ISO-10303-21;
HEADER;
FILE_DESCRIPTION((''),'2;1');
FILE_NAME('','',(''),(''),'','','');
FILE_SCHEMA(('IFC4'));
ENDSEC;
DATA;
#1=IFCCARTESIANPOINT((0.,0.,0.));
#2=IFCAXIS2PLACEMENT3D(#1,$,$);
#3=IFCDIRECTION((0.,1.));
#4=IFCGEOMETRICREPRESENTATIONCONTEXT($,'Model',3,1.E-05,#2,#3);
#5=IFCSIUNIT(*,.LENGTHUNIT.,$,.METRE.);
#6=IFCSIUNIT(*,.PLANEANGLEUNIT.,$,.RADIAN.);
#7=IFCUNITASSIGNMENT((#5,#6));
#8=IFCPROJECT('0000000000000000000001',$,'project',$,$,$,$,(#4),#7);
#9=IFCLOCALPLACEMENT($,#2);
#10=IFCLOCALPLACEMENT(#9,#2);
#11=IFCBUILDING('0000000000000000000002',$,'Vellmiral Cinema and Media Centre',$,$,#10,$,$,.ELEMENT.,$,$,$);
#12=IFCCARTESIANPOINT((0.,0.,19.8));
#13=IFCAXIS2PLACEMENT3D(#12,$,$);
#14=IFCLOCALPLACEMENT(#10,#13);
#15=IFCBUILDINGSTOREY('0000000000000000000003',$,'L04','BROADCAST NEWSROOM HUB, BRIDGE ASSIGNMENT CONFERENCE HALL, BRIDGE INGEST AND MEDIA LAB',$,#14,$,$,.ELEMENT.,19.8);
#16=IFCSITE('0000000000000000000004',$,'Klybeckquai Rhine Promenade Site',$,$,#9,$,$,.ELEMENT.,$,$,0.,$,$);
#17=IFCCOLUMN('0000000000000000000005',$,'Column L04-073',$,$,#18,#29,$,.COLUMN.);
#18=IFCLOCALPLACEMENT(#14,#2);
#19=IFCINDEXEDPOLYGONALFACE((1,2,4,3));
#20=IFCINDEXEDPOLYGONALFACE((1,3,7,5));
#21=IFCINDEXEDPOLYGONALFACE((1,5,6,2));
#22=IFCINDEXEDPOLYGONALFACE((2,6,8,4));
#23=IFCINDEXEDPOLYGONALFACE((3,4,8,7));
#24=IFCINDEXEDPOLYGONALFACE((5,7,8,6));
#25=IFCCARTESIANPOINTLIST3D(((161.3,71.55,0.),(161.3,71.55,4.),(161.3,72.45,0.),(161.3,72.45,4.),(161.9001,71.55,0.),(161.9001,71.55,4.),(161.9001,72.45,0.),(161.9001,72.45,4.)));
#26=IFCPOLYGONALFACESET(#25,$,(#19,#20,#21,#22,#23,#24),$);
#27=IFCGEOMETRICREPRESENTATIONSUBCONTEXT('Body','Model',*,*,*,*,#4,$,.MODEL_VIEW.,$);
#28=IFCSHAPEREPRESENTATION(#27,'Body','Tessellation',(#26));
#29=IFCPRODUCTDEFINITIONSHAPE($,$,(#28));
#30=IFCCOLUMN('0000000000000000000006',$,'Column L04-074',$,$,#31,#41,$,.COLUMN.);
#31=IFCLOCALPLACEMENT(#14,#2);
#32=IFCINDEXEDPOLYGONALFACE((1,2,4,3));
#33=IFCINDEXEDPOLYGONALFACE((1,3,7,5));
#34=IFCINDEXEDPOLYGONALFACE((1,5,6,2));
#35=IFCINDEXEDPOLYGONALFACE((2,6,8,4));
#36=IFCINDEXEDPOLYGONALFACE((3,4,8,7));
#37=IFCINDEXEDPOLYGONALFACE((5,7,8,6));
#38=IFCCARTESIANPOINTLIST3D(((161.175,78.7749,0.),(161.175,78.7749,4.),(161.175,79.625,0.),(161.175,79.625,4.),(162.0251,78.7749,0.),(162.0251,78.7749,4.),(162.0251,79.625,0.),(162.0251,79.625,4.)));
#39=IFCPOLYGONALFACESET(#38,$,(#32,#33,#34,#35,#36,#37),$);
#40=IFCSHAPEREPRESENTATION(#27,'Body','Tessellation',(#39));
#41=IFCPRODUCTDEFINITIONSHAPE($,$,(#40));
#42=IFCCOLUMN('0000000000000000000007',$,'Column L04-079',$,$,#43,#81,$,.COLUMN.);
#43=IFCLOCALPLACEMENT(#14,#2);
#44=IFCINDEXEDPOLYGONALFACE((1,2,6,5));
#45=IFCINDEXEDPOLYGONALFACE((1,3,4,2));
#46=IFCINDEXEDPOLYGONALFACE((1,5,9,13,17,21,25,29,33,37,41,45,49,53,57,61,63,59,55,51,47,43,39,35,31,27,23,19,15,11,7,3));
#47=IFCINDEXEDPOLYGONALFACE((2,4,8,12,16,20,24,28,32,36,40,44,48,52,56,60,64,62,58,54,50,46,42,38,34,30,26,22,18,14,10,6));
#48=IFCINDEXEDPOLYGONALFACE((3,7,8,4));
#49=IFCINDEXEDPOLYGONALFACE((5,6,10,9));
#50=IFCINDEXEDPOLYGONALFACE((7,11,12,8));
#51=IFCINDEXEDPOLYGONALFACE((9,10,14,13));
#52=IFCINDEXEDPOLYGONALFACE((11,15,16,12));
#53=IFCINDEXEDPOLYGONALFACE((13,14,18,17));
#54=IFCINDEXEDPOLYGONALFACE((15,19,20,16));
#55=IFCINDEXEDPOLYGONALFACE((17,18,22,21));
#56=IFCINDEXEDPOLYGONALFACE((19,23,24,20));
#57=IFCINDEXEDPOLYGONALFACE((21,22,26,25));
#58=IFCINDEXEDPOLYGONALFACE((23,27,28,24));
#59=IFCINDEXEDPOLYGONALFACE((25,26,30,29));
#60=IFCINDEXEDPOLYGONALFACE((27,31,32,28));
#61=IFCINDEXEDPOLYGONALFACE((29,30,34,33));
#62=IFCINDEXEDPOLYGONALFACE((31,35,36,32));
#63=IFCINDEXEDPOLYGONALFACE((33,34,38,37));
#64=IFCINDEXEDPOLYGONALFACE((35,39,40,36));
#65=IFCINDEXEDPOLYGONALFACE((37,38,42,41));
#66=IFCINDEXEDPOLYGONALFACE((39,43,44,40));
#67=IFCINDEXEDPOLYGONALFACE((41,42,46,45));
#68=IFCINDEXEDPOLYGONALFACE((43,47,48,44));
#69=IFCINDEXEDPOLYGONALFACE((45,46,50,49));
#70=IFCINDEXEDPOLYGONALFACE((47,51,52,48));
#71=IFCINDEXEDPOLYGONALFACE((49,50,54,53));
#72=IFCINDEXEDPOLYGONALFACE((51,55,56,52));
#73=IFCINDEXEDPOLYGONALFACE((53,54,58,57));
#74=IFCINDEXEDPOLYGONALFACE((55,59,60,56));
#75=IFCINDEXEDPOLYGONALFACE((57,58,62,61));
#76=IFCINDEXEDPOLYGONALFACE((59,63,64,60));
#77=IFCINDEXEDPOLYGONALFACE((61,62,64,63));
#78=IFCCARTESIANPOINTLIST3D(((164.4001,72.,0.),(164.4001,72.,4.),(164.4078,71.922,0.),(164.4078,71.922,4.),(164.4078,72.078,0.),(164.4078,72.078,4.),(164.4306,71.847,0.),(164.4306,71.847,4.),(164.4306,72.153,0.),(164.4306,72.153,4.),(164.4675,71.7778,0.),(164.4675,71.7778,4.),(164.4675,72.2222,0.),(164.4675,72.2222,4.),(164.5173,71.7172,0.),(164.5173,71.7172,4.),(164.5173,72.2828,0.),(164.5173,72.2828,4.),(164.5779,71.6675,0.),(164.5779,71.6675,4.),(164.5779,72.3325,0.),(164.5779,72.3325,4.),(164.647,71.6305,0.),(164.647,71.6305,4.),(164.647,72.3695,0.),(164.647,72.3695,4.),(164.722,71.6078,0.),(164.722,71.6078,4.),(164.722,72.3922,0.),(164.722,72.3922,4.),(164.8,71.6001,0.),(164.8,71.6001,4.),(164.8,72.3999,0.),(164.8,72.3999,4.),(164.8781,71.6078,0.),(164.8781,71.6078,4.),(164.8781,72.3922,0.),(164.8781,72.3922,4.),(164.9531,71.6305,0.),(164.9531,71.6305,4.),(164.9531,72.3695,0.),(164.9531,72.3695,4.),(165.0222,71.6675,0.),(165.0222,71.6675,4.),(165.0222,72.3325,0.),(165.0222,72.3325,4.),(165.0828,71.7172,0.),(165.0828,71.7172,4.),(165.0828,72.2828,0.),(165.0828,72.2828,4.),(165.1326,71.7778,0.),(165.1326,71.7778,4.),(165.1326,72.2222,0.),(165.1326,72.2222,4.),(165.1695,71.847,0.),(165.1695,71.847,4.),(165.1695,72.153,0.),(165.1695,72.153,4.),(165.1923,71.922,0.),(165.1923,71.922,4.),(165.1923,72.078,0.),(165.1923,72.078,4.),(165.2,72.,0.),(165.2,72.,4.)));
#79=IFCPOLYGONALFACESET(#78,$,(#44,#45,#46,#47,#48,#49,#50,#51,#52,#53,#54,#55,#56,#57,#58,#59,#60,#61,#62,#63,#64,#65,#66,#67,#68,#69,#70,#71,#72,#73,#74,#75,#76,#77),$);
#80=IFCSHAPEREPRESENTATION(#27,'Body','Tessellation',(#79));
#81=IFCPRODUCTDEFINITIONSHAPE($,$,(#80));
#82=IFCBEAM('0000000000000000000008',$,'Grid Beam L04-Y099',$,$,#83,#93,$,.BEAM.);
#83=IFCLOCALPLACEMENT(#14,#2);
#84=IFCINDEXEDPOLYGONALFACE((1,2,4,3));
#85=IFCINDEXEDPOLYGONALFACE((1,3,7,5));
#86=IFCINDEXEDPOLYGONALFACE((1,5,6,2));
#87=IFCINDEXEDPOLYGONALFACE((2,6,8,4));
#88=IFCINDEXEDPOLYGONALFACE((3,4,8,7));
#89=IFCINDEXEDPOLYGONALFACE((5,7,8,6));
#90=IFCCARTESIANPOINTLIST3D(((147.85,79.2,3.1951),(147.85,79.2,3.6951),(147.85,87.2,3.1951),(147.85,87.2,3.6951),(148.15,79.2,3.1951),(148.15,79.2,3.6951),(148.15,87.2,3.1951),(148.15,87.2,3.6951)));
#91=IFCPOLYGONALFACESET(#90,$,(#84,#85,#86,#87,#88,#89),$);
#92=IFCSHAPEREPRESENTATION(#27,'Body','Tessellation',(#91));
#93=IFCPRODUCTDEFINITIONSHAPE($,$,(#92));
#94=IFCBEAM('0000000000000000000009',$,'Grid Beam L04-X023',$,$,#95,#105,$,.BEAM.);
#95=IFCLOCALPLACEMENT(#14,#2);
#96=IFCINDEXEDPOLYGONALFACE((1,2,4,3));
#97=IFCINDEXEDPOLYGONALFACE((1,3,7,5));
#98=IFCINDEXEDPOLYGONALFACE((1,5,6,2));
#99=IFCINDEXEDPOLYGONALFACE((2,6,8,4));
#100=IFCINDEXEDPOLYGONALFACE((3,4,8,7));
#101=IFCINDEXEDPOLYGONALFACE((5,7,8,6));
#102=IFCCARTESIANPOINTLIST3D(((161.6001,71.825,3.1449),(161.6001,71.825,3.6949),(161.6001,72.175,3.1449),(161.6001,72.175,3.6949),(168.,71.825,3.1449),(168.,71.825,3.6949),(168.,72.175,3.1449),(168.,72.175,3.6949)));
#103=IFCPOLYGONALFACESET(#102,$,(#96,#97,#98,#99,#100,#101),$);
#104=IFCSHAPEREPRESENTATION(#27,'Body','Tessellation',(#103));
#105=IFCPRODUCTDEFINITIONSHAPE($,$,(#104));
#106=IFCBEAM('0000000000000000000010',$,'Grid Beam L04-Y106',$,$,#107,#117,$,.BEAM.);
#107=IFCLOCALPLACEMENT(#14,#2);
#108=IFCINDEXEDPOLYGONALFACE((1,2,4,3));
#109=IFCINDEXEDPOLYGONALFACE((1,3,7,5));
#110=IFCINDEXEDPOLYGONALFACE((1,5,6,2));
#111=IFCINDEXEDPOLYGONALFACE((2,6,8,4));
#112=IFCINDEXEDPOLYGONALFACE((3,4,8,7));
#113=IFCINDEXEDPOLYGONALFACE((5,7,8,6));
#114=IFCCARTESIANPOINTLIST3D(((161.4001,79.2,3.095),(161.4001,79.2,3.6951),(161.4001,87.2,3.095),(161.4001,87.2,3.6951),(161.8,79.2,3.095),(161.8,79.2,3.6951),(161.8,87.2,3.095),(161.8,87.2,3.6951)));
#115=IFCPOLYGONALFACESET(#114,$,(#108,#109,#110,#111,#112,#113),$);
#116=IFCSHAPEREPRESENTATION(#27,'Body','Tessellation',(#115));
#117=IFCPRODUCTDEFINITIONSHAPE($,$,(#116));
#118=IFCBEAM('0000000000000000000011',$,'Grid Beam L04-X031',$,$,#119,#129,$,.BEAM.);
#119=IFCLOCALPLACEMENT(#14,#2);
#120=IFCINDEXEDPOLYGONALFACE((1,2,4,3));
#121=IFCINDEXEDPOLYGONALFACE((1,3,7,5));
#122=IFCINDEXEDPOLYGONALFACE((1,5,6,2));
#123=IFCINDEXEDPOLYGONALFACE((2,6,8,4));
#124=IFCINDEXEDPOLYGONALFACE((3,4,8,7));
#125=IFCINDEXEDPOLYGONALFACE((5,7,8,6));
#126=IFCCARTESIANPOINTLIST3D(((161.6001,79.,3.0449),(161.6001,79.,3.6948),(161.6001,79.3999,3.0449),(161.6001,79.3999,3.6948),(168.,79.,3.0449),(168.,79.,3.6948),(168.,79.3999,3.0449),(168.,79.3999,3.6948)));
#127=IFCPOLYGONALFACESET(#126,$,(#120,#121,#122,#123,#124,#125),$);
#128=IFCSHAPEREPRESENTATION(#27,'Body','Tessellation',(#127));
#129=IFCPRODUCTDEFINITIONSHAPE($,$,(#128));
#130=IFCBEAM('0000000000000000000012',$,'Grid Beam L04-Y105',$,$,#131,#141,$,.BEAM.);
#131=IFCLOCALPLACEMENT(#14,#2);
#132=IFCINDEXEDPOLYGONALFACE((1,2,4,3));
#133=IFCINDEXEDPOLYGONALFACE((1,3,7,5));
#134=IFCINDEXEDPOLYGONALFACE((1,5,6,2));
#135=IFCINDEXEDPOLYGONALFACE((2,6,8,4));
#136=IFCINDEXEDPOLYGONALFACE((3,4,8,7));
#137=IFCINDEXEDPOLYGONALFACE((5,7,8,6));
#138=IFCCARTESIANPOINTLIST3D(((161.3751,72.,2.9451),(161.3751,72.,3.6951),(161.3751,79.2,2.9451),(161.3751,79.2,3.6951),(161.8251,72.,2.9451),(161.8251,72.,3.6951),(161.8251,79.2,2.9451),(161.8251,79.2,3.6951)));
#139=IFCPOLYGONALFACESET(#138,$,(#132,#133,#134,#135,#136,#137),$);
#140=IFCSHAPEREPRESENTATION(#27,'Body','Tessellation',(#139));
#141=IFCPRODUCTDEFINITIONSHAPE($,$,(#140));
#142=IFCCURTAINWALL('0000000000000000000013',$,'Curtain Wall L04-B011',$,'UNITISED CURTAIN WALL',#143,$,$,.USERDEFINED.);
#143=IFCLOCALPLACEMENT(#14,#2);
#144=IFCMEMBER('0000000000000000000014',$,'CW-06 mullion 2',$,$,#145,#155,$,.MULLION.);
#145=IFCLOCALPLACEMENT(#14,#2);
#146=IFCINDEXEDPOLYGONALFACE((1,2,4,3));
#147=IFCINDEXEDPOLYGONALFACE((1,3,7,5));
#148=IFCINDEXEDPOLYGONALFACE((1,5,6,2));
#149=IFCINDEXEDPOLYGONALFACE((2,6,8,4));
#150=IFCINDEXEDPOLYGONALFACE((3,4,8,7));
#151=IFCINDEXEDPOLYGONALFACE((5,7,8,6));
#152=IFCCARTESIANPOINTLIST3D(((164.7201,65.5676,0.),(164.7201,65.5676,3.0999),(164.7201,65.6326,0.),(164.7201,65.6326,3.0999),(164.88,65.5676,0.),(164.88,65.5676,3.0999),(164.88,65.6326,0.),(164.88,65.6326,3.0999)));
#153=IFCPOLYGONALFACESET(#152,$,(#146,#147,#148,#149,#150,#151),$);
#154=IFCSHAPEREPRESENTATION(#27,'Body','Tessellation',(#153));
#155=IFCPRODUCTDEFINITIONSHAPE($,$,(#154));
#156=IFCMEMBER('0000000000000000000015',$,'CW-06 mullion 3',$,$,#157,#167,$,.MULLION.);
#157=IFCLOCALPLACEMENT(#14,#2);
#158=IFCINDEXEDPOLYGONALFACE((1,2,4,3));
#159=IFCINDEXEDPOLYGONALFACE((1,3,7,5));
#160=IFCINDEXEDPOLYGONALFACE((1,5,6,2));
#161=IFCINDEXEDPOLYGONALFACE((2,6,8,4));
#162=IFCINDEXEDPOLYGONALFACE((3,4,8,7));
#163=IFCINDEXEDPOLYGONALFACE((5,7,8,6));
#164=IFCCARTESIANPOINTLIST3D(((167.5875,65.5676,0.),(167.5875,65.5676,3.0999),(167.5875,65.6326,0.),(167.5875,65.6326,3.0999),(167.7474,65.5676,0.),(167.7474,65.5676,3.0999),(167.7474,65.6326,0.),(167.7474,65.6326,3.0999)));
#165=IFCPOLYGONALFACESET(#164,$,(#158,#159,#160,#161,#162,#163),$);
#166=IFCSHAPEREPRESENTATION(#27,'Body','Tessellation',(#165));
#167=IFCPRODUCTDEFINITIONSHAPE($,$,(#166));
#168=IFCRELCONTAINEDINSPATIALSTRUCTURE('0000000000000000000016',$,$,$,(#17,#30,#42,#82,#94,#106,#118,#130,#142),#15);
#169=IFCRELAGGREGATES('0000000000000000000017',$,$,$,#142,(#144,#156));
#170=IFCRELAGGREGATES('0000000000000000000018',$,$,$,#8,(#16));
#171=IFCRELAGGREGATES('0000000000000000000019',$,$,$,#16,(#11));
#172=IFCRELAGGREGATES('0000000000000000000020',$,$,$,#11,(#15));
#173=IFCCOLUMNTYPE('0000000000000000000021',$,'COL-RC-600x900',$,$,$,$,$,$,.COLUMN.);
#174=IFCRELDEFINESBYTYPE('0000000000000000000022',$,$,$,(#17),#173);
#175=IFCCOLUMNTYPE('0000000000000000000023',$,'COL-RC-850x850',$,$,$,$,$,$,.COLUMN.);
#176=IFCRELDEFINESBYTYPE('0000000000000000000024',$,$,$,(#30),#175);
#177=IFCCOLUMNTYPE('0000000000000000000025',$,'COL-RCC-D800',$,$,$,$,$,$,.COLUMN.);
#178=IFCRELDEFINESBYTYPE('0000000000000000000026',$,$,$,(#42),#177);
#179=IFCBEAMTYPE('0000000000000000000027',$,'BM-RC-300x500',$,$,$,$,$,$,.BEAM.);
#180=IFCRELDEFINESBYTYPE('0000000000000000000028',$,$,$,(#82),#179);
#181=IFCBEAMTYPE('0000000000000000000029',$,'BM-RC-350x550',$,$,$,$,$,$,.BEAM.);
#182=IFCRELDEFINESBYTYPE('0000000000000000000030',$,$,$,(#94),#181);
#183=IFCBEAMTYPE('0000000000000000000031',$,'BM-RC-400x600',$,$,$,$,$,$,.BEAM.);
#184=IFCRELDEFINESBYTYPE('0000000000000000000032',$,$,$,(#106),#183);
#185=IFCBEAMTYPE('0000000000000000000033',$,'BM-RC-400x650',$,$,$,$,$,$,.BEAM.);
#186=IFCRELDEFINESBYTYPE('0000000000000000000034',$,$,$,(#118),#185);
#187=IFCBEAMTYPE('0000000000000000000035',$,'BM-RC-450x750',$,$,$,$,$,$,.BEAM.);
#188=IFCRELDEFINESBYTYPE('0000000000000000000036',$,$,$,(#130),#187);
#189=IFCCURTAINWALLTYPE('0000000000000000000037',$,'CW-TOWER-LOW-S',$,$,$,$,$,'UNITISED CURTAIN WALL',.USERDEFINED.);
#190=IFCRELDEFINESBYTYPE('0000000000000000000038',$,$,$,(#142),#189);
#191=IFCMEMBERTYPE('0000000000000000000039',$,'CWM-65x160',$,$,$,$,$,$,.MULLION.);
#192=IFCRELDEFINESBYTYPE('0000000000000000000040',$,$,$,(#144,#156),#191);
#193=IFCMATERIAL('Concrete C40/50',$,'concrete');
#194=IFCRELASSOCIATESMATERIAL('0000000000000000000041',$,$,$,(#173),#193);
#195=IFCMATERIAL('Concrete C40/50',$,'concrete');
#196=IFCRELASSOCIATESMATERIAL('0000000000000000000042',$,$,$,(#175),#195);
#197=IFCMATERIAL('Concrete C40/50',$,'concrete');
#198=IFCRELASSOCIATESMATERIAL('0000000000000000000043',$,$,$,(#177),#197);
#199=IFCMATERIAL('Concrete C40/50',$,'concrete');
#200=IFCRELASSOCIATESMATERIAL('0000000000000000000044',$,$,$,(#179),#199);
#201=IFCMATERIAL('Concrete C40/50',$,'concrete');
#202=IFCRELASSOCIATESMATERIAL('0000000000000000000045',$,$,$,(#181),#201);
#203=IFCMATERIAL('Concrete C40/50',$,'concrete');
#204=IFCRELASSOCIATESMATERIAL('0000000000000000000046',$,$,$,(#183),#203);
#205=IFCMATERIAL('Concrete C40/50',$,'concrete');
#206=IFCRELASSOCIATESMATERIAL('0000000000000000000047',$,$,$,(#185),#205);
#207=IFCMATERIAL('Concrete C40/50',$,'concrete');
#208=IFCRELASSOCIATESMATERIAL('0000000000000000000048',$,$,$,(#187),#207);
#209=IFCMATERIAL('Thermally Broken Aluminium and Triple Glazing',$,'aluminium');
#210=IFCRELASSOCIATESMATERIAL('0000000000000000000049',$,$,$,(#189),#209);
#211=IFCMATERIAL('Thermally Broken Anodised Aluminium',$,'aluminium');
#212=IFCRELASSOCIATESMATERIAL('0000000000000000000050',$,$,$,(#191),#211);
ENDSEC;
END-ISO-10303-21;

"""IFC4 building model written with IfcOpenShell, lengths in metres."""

from ifc_helpers import new_model, si_unit, direction, frame, origin, origin_2d, place, context, subcontext, project, spatial, rectangle, circle, extrude, material, material_profile, profile_set, type_object, element, aggregate, save


model = new_model("IFC4")

# Units and contexts
model_context = context("Model", 3, precision=1e-05, world=origin(), true_north=direction((0.0, 1.0)))
body_context = subcontext(model_context, "Body", "Model", "MODEL_VIEW")
ifc_project = project(units=[si_unit("LENGTHUNIT", "METRE"), si_unit("PLANEANGLEUNIT", "RADIAN")], contexts=[model_context])

# Site, building, storey
site_placement = place(None, origin())
site = spatial("IfcSite", under=ifc_project, at=site_placement, Name="Klybeckquai Rhine Promenade Site", CompositionType="ELEMENT", RefElevation=0.0)
building_placement = place(site_placement, origin())
building = spatial("IfcBuilding", under=site, at=building_placement, Name="Vellmiral Cinema and Media Centre", CompositionType="ELEMENT")
storey_placement = place(building_placement, frame((0.0, 0.0, 19.8)))
storey = spatial("IfcBuildingStorey", under=building, at=storey_placement, Name="L04", Description="BROADCAST NEWSROOM HUB, BRIDGE ASSIGNMENT CONFERENCE HALL, BRIDGE INGEST AND MEDIA LAB", CompositionType="ELEMENT", Elevation=19.8)

# Columns
ifc_material_1 = material(Name="Concrete C40/50", Category="concrete")
ifc_material_profile_1 = material_profile(ifc_material_1, rectangle(XDim=0.6001, YDim=0.8999, at=origin_2d()), Name="RC 600x900")
ifc_profile_set_1 = profile_set([ifc_material_profile_1], Name="Concrete C40/50")
column_type_1 = type_object("IfcColumnType", Name="COL-RC-600x900", PredefinedType="COLUMN", material=ifc_profile_set_1)
column_1_placement = place(storey_placement, frame((161.6001, 72.0, 0.0), z_axis=(0.0, 0.0, 1.0), x_axis=(1.0, 0.0, 0.0)))
element("IfcColumn", 1, at=column_1_placement, inside=storey, type_object=column_type_1, Name="Column L04-073", PredefinedType="COLUMN", context=body_context, shape_type="SweptSolid", body=[
    extrude(rectangle(XDim=0.6001, YDim=0.8999, at=origin_2d()), origin(), (0.0, 0.0, 1.0), 4.0),
])
ifc_material_2 = material(Name="Concrete C40/50", Category="concrete")
ifc_material_profile_2 = material_profile(ifc_material_2, rectangle(XDim=0.8501, YDim=0.8501, at=origin_2d()), Name="RC 850x850")
ifc_profile_set_2 = profile_set([ifc_material_profile_2], Name="Concrete C40/50")
column_type_2 = type_object("IfcColumnType", Name="COL-RC-850x850", PredefinedType="COLUMN", material=ifc_profile_set_2)
column_2_placement = place(storey_placement, frame((161.6001, 79.2, 0.0), z_axis=(0.0, 0.0, 1.0), x_axis=(1.0, 0.0, 0.0)))
element("IfcColumn", 2, at=column_2_placement, inside=storey, type_object=column_type_2, Name="Column L04-074", PredefinedType="COLUMN", context=body_context, shape_type="SweptSolid", body=[
    extrude(rectangle(XDim=0.8501, YDim=0.8501, at=origin_2d()), origin(), (0.0, 0.0, 1.0), 4.0),
])
ifc_material_3 = material(Name="Concrete C40/50", Category="concrete")
ifc_material_profile_3 = material_profile(ifc_material_3, circle(Radius=0.3999, at=origin_2d()), Name="RC D800")
ifc_profile_set_3 = profile_set([ifc_material_profile_3], Name="Concrete C40/50")
column_type_3 = type_object("IfcColumnType", Name="COL-RCC-D800", PredefinedType="COLUMN", material=ifc_profile_set_3)
column_3_placement = place(storey_placement, frame((164.8, 72.0, 0.0), z_axis=(0.0, 0.0, 1.0), x_axis=(1.0, 0.0, 0.0)))
element("IfcColumn", 3, at=column_3_placement, inside=storey, type_object=column_type_3, Name="Column L04-079", PredefinedType="COLUMN", context=body_context, shape_type="SweptSolid", body=[
    extrude(circle(Radius=0.3999, at=origin_2d()), origin(), (0.0, 0.0, 1.0), 4.0),
])

# Beams
ifc_material_4 = material(Name="Concrete C40/50", Category="concrete")
ifc_material_profile_4 = material_profile(ifc_material_4, rectangle(XDim=0.3, YDim=0.5, at=origin_2d()), Name="RC 300x500")
ifc_profile_set_4 = profile_set([ifc_material_profile_4], Name="Concrete C40/50")
beam_type_1 = type_object("IfcBeamType", Name="BM-RC-300x500", PredefinedType="BEAM", material=ifc_profile_set_4)
beam_1_placement = place(storey_placement, frame((148.0, 79.2, 3.4451), z_axis=(0.0, 1.0, 0.0), x_axis=(-1.0, 0.0, 0.0)))
element("IfcBeam", 4, at=beam_1_placement, inside=storey, type_object=beam_type_1, Name="Grid Beam L04-Y099", PredefinedType="BEAM", context=body_context, shape_type="SweptSolid", body=[
    extrude(rectangle(XDim=0.3, YDim=0.5, at=origin_2d()), origin(), (0.0, 0.0, 1.0), 8.0),
])
ifc_material_5 = material(Name="Concrete C40/50", Category="concrete")
ifc_material_profile_5 = material_profile(ifc_material_5, rectangle(XDim=0.3501, YDim=0.55, at=origin_2d()), Name="RC 350x550")
ifc_profile_set_5 = profile_set([ifc_material_profile_5], Name="Concrete C40/50")
beam_type_2 = type_object("IfcBeamType", Name="BM-RC-350x550", PredefinedType="BEAM", material=ifc_profile_set_5)
beam_2_placement = place(storey_placement, frame((161.6001, 72.0, 3.4199), z_axis=(1.0, 0.0, 0.0), x_axis=(0.0, 1.0, 0.0)))
element("IfcBeam", 5, at=beam_2_placement, inside=storey, type_object=beam_type_2, Name="Grid Beam L04-X023", PredefinedType="BEAM", context=body_context, shape_type="SweptSolid", body=[
    extrude(rectangle(XDim=0.3501, YDim=0.55, at=origin_2d()), origin(), (0.0, 0.0, 1.0), 6.3999),
])
ifc_material_6 = material(Name="Concrete C40/50", Category="concrete")
ifc_material_profile_6 = material_profile(ifc_material_6, rectangle(XDim=0.3999, YDim=0.6001, at=origin_2d()), Name="RC 400x600")
ifc_profile_set_6 = profile_set([ifc_material_profile_6], Name="Concrete C40/50")
beam_type_3 = type_object("IfcBeamType", Name="BM-RC-400x600", PredefinedType="BEAM", material=ifc_profile_set_6)
beam_3_placement = place(storey_placement, frame((161.6001, 79.2, 3.395), z_axis=(0.0, 1.0, 0.0), x_axis=(-1.0, 0.0, 0.0)))
element("IfcBeam", 6, at=beam_3_placement, inside=storey, type_object=beam_type_3, Name="Grid Beam L04-Y106", PredefinedType="BEAM", context=body_context, shape_type="SweptSolid", body=[
    extrude(rectangle(XDim=0.3999, YDim=0.6001, at=origin_2d()), origin(), (0.0, 0.0, 1.0), 8.0),
])
ifc_material_7 = material(Name="Concrete C40/50", Category="concrete")
ifc_material_profile_7 = material_profile(ifc_material_7, rectangle(XDim=0.3999, YDim=0.6499, at=origin_2d()), Name="RC 400x650")
ifc_profile_set_7 = profile_set([ifc_material_profile_7], Name="Concrete C40/50")
beam_type_4 = type_object("IfcBeamType", Name="BM-RC-400x650", PredefinedType="BEAM", material=ifc_profile_set_7)
beam_4_placement = place(storey_placement, frame((161.6001, 79.2, 3.3699), z_axis=(1.0, 0.0, 0.0), x_axis=(0.0, 1.0, 0.0)))
element("IfcBeam", 7, at=beam_4_placement, inside=storey, type_object=beam_type_4, Name="Grid Beam L04-X031", PredefinedType="BEAM", context=body_context, shape_type="SweptSolid", body=[
    extrude(rectangle(XDim=0.3999, YDim=0.6499, at=origin_2d()), origin(), (0.0, 0.0, 1.0), 6.3999),
])
ifc_material_8 = material(Name="Concrete C40/50", Category="concrete")
ifc_material_profile_8 = material_profile(ifc_material_8, rectangle(XDim=0.45, YDim=0.75, at=origin_2d()), Name="RC 450x750")
ifc_profile_set_8 = profile_set([ifc_material_profile_8], Name="Concrete C40/50")
beam_type_5 = type_object("IfcBeamType", Name="BM-RC-450x750", PredefinedType="BEAM", material=ifc_profile_set_8)
beam_5_placement = place(storey_placement, frame((161.6001, 72.0, 3.3201), z_axis=(0.0, 1.0, 0.0), x_axis=(-1.0, 0.0, 0.0)))
element("IfcBeam", 8, at=beam_5_placement, inside=storey, type_object=beam_type_5, Name="Grid Beam L04-Y105", PredefinedType="BEAM", context=body_context, shape_type="SweptSolid", body=[
    extrude(rectangle(XDim=0.45, YDim=0.75, at=origin_2d()), origin(), (0.0, 0.0, 1.0), 7.2),
])

# Curtain wall, members
ifc_material_9 = material(Name="Thermally Broken Aluminium and Triple Glazing", Category="aluminium")
curtain_wall_type = type_object("IfcCurtainWallType", Name="CW-TOWER-LOW-S", ElementType="UNITISED CURTAIN WALL", PredefinedType="USERDEFINED", material=ifc_material_9)
curtain_wall_placement = place(storey_placement, origin())
curtain_wall = element("IfcCurtainWall", 9, at=curtain_wall_placement, inside=storey, type_object=curtain_wall_type, Name="Curtain Wall L04-B011", ObjectType="UNITISED CURTAIN WALL", PredefinedType="USERDEFINED")
ifc_material_10 = material(Name="Thermally Broken Anodised Aluminium", Category="aluminium")
ifc_material_profile_9 = material_profile(ifc_material_10, rectangle(XDim=0.0649, YDim=0.1599, at=origin_2d()), Name="MULL 65x160")
ifc_profile_set_9 = profile_set([ifc_material_profile_9], Name="Thermally Broken Anodised Aluminium")
member_type_1 = type_object("IfcMemberType", Name="CWM-65x160", PredefinedType="MULLION", material=ifc_profile_set_9)
member_1_placement = place(storey_placement, frame((164.8, 65.6001, 0.0), z_axis=(0.0, 0.0, 1.0), x_axis=(0.0, 1.0, 0.0)))
member_1 = element("IfcMember", 10, at=member_1_placement, type_object=member_type_1, Name="CW-06 mullion 2", PredefinedType="MULLION", context=body_context, shape_type="SweptSolid", body=[
    extrude(rectangle(XDim=0.0649, YDim=0.1599, at=origin_2d()), origin(), (0.0, 0.0, 1.0), 3.0999),
])
member_2_placement = place(storey_placement, frame((167.6675, 65.6001, 0.0), z_axis=(0.0, 0.0, 1.0), x_axis=(0.0, 1.0, 0.0)))
member_2 = element("IfcMember", 11, at=member_2_placement, type_object=member_type_1, Name="CW-06 mullion 3", PredefinedType="MULLION", context=body_context, shape_type="SweptSolid", body=[
    extrude(rectangle(XDim=0.0649, YDim=0.1599, at=origin_2d()), origin(), (0.0, 0.0, 1.0), 3.0999),
])

aggregate(curtain_wall, [member_1, member_2])

save(model, "model.ifc")
